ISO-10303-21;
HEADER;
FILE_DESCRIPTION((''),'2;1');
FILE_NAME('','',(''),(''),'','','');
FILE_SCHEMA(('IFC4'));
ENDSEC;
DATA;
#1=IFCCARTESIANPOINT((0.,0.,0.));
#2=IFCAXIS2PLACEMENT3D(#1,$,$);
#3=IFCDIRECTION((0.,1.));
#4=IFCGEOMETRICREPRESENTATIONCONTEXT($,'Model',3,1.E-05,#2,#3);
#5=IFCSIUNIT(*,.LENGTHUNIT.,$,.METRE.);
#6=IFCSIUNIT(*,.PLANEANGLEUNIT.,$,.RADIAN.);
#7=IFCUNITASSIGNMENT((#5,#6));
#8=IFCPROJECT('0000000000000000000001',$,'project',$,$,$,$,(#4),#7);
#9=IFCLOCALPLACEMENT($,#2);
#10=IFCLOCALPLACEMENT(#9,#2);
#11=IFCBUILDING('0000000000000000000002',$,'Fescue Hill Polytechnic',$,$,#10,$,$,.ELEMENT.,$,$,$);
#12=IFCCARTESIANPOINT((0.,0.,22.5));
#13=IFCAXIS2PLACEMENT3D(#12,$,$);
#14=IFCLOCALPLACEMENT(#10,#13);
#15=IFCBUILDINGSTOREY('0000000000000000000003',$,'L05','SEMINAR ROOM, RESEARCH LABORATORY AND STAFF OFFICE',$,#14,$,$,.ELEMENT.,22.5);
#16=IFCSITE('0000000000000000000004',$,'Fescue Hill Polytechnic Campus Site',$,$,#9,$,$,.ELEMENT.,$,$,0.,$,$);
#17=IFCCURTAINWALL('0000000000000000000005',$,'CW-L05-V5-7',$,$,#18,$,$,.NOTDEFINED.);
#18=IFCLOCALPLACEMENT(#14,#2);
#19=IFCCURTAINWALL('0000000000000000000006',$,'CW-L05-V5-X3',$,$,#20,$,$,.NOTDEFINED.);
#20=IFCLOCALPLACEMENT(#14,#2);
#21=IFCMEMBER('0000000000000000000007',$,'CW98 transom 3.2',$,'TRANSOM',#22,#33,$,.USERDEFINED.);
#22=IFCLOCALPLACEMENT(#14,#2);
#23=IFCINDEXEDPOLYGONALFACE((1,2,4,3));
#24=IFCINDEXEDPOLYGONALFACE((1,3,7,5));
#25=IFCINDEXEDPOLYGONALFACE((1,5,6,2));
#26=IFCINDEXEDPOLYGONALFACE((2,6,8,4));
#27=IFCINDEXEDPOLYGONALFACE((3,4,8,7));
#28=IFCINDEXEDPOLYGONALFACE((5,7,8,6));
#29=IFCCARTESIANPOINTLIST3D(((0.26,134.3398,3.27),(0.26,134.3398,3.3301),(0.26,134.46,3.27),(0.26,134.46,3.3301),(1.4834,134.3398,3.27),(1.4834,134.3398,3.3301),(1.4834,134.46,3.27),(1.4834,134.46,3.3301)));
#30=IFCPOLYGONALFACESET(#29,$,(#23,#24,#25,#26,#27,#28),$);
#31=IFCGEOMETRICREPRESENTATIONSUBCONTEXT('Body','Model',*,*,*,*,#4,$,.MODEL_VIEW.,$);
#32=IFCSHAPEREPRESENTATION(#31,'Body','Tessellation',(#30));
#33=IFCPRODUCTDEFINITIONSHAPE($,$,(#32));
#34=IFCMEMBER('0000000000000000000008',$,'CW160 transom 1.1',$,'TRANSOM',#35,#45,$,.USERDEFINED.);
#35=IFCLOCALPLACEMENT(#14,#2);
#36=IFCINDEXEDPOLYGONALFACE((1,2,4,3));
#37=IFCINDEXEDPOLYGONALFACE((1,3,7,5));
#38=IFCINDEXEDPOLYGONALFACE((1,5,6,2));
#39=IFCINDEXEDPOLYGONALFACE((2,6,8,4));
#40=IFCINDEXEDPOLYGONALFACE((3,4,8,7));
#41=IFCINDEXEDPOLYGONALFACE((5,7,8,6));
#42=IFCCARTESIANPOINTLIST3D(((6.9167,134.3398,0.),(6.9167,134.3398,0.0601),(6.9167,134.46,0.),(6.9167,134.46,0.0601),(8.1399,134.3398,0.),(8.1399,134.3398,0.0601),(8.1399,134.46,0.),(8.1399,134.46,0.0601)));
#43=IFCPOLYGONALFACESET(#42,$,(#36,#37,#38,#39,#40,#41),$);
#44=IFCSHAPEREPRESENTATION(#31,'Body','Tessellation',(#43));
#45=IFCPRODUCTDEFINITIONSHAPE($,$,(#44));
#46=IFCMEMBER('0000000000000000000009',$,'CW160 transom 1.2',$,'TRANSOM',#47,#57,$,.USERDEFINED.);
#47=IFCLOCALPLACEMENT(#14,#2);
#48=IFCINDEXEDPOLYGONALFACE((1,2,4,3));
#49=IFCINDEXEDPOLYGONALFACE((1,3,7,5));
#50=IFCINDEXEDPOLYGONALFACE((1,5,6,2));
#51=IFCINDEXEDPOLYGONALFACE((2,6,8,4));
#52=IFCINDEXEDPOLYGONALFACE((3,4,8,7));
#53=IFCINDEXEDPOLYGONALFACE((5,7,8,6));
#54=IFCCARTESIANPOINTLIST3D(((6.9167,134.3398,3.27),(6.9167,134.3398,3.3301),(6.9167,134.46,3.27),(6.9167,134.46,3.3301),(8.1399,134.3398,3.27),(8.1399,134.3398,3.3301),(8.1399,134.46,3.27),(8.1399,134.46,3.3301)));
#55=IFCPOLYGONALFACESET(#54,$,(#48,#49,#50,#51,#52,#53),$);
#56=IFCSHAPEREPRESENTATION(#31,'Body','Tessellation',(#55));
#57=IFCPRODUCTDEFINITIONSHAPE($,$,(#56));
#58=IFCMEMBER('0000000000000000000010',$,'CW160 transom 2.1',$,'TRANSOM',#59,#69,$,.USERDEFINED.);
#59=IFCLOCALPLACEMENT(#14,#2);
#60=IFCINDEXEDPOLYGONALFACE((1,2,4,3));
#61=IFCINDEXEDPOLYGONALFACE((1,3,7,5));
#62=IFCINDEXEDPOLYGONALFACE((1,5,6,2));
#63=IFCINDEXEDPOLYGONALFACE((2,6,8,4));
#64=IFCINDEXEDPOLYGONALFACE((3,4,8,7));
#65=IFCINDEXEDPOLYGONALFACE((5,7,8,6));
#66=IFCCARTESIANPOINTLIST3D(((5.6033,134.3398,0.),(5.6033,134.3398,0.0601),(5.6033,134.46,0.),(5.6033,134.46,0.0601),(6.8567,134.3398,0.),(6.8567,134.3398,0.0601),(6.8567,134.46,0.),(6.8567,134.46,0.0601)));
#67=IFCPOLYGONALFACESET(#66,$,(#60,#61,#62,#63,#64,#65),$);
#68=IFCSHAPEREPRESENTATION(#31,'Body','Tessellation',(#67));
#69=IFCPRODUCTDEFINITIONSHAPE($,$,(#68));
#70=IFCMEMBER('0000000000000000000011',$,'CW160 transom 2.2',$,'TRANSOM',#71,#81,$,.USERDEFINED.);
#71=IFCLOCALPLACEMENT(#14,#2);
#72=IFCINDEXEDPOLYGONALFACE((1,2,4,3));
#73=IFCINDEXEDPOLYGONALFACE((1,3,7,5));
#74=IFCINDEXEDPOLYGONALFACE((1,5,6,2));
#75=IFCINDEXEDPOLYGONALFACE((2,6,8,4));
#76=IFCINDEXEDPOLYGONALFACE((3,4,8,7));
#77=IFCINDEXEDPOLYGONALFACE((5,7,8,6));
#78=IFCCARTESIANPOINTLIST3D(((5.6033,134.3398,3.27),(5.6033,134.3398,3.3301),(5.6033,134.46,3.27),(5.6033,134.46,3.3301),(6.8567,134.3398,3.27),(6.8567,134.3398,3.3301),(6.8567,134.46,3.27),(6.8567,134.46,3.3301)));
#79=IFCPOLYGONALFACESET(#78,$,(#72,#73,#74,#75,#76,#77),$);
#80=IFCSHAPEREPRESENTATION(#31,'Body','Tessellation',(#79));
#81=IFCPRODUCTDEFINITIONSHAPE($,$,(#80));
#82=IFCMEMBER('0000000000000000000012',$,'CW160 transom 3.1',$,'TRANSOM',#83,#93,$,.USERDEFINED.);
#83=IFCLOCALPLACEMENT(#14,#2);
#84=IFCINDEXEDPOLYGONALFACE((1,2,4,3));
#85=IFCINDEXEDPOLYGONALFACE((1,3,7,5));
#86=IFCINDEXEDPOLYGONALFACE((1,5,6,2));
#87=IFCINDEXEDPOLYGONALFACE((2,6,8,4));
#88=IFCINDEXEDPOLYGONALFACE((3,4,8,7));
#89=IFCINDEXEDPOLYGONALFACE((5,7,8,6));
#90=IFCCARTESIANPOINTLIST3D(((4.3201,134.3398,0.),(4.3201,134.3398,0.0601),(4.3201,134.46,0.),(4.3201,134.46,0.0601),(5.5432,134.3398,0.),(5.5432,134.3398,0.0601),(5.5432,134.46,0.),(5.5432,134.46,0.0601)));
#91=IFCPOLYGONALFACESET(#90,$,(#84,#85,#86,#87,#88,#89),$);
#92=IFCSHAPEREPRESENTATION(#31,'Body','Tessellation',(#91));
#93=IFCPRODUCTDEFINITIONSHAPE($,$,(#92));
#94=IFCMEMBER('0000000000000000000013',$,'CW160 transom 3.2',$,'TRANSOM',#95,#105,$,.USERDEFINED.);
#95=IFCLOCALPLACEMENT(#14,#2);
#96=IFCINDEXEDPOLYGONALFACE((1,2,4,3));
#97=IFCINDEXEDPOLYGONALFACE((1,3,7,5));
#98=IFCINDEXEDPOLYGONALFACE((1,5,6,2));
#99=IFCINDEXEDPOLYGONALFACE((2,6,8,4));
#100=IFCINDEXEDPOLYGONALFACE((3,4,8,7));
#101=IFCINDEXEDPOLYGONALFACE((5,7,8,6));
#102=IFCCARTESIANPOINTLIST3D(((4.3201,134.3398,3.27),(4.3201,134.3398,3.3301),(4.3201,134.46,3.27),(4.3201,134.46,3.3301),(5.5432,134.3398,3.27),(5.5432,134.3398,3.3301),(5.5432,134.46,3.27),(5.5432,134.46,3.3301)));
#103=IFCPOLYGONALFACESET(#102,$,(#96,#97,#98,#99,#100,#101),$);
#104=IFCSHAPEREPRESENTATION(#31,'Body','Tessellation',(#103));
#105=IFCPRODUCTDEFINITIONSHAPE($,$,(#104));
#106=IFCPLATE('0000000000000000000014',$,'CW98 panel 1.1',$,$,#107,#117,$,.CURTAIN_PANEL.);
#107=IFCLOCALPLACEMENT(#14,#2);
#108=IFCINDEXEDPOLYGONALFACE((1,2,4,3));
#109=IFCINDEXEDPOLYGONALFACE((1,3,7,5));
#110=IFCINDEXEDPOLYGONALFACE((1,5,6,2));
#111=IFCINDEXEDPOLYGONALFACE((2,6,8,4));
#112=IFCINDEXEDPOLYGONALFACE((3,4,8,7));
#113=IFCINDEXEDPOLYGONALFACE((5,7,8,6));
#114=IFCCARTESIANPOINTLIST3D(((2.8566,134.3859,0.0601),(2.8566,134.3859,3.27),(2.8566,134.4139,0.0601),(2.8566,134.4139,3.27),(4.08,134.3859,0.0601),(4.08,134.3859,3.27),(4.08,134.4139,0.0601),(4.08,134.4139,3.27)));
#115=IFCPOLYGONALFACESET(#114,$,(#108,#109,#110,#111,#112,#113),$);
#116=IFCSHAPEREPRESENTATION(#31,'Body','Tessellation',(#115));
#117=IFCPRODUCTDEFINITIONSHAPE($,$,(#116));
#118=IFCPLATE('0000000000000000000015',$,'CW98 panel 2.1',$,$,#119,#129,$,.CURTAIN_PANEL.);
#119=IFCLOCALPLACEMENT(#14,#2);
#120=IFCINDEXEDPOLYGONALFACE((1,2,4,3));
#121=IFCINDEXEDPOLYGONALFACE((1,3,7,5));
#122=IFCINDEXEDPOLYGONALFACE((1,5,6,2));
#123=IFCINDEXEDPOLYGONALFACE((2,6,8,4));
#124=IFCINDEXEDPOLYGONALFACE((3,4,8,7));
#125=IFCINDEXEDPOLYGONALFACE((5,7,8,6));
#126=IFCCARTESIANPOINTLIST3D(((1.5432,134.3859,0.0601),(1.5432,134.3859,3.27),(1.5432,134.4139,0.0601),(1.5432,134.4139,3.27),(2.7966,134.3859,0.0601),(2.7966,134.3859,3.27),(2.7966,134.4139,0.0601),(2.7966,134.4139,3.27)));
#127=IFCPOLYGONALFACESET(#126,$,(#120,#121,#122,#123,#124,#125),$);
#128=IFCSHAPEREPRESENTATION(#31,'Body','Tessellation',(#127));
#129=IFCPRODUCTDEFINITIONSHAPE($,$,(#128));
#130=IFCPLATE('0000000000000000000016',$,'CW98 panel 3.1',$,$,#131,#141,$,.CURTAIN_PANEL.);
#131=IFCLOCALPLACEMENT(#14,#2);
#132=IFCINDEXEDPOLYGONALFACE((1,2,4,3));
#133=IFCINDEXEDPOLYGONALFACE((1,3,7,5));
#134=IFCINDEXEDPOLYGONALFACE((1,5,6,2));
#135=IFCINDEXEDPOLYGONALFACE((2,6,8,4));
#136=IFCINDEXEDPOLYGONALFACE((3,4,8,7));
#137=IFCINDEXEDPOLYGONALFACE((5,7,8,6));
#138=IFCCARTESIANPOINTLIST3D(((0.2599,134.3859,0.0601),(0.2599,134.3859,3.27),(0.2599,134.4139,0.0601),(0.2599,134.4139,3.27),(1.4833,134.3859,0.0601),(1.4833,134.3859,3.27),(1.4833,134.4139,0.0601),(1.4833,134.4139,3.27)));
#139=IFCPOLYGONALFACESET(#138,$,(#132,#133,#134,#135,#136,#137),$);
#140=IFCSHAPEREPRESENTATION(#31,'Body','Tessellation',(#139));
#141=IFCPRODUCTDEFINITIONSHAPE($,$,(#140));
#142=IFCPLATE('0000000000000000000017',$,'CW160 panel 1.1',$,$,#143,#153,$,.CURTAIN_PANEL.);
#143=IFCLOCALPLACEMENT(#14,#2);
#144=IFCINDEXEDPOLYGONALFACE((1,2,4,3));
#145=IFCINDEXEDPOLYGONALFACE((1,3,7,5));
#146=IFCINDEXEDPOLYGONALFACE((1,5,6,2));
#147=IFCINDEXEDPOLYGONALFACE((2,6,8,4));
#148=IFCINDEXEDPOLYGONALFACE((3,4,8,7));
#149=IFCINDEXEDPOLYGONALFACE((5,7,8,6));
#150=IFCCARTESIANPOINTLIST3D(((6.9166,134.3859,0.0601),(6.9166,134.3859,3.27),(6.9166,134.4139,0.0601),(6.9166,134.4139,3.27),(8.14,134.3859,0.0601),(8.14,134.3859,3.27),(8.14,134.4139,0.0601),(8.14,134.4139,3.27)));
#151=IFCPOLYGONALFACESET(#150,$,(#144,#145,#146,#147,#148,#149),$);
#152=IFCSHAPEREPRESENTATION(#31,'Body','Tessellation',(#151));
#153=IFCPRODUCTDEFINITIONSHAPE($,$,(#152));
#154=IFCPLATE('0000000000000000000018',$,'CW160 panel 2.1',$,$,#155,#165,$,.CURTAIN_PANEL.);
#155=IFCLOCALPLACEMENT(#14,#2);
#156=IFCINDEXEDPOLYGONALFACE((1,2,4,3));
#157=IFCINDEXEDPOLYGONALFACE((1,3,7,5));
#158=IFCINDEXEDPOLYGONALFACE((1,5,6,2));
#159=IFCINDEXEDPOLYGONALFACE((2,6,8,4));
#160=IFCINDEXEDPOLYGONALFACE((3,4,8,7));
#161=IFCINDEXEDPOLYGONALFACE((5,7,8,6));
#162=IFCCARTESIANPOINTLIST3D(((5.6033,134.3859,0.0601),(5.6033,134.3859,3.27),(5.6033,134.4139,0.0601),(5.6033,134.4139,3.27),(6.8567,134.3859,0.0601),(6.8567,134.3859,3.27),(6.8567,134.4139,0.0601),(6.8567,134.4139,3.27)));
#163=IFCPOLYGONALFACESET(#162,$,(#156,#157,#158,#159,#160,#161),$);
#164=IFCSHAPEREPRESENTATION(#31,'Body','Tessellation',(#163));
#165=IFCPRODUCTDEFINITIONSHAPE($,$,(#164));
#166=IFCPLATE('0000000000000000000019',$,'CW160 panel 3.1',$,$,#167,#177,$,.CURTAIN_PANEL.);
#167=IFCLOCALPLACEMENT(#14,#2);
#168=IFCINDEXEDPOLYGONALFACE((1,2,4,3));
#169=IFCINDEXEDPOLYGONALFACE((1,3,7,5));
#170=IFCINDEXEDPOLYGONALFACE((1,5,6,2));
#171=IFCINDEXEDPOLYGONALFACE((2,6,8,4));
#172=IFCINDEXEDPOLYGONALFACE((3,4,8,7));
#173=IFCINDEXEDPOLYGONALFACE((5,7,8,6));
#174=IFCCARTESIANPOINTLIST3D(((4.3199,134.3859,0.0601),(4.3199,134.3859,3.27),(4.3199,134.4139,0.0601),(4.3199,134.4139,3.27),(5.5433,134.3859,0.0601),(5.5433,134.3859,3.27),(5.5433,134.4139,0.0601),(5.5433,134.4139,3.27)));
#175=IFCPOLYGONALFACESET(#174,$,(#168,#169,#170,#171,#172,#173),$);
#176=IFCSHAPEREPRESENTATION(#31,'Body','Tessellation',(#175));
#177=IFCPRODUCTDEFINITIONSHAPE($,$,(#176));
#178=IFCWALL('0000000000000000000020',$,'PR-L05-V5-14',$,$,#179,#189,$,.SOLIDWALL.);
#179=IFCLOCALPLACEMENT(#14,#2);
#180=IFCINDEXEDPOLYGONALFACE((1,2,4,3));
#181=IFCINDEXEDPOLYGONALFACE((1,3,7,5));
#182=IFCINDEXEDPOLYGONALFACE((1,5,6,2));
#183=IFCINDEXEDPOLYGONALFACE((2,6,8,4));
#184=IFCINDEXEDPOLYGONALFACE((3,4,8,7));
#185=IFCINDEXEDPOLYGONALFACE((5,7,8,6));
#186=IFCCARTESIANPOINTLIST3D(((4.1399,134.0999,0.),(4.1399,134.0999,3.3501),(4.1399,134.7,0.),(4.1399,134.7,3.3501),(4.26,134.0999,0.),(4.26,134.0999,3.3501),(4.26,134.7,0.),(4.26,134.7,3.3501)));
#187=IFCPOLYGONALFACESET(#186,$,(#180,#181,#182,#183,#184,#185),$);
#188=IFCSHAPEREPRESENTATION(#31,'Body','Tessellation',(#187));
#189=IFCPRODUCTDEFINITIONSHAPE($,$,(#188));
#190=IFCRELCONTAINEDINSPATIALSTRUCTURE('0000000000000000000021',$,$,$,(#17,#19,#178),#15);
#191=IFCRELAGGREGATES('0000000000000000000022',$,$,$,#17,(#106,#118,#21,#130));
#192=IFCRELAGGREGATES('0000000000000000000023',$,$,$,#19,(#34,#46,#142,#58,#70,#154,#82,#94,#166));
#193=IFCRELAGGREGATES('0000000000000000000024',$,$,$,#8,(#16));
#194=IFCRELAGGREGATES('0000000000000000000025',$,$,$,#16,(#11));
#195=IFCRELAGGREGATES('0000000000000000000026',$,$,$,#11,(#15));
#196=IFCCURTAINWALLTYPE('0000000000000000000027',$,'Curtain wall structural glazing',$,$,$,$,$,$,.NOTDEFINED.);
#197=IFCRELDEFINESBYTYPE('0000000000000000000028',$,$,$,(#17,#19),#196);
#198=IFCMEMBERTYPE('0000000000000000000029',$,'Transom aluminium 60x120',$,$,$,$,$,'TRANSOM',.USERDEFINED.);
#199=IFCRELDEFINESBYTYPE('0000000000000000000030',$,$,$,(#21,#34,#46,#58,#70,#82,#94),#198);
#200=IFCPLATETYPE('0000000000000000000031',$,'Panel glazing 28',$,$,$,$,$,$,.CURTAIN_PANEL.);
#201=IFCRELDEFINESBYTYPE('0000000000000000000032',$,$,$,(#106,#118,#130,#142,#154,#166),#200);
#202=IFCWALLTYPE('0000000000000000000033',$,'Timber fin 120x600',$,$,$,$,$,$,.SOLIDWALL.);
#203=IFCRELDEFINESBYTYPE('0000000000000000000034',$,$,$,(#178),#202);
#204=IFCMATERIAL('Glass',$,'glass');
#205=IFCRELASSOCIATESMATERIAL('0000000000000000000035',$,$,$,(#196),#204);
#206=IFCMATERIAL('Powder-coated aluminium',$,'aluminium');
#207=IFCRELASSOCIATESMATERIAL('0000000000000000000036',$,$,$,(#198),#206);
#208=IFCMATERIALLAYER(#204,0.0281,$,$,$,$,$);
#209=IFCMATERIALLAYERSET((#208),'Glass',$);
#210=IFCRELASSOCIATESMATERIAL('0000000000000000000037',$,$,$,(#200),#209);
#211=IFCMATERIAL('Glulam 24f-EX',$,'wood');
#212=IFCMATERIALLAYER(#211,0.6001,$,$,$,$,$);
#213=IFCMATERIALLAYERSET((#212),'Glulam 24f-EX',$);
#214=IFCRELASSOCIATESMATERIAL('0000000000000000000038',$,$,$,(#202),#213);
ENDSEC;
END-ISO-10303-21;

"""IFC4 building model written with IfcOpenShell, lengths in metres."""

from ifc_helpers import new_model, si_unit, direction, frame, frame_2d, origin, origin_2d, place, context, subcontext, project, spatial, rectangle, extrude, material, layer, layer_set, material_profile, profile_set, type_object, element, aggregate, save


model = new_model("IFC4")

# Units and contexts
model_context = context("Model", 3, precision=1e-05, world=origin(), true_north=direction((0.0, 1.0)))
body_context = subcontext(model_context, "Body", "Model", "MODEL_VIEW")
ifc_project = project(units=[si_unit("LENGTHUNIT", "METRE"), si_unit("PLANEANGLEUNIT", "RADIAN")], contexts=[model_context])

# Site, building, storey
site_placement = place(None, origin())
site = spatial("IfcSite", under=ifc_project, at=site_placement, Name="Fescue Hill Polytechnic Campus Site", CompositionType="ELEMENT", RefElevation=0.0)
building_placement = place(site_placement, origin())
building = spatial("IfcBuilding", under=site, at=building_placement, Name="Fescue Hill Polytechnic", CompositionType="ELEMENT")
storey_placement = place(building_placement, frame((0.0, 0.0, 22.5)))
storey = spatial("IfcBuildingStorey", under=building, at=storey_placement, Name="L05", Description="SEMINAR ROOM, RESEARCH LABORATORY AND STAFF OFFICE", CompositionType="ELEMENT", Elevation=22.5)

# Curtain walls
ifc_material_1 = material(Name="Glass", Category="glass")
curtain_wall_type = type_object("IfcCurtainWallType", Name="Curtain wall structural glazing", PredefinedType="NOTDEFINED", material=ifc_material_1)
curtain_wall_1_placement = place(storey_placement, origin())
curtain_wall_1 = element("IfcCurtainWall", 1, at=curtain_wall_1_placement, inside=storey, type_object=curtain_wall_type, Name="CW-L05-V5-7", PredefinedType="NOTDEFINED")
ifc_material_2 = material(Name="Powder-coated aluminium", Category="aluminium")
curtain_wall_2_placement = place(storey_placement, origin())
curtain_wall_2 = element("IfcCurtainWall", 2, at=curtain_wall_2_placement, inside=storey, type_object=curtain_wall_type, Name="CW-L05-V5-X3", PredefinedType="NOTDEFINED")

# Members
ifc_material_profile_1 = material_profile(ifc_material_2, rectangle(XDim=0.1201, YDim=0.0601, at=origin_2d()), Name="Transom aluminium 60x120")
ifc_profile_set_1 = profile_set([ifc_material_profile_1], Name="Powder-coated aluminium")
member_type_1 = type_object("IfcMemberType", Name="Transom aluminium 60x120", ElementType="TRANSOM", PredefinedType="USERDEFINED", material=ifc_profile_set_1)
member_1_placement = place(storey_placement, frame((1.4834, 134.3999, 3.3), z_axis=(-1.0, 0.0, 0.0), x_axis=(0.0, -1.0, 0.0)))
member_1 = element("IfcMember", 3, at=member_1_placement, type_object=member_type_1, Name="CW98 transom 3.2", ObjectType="TRANSOM", PredefinedType="USERDEFINED", context=body_context, shape_type="SweptSolid", body=[
    extrude(rectangle(XDim=0.1201, YDim=0.0601, at=origin_2d()), origin(), (0.0, 0.0, 1.0), 1.2234),
])
member_2_placement = place(storey_placement, frame((8.1399, 134.3999, 0.03), z_axis=(-1.0, 0.0, 0.0), x_axis=(0.0, -1.0, 0.0)))
member_2 = element("IfcMember", 4, at=member_2_placement, type_object=member_type_1, Name="CW160 transom 1.1", ObjectType="TRANSOM", PredefinedType="USERDEFINED", context=body_context, shape_type="SweptSolid", body=[
    extrude(rectangle(XDim=0.1201, YDim=0.0601, at=origin_2d()), origin(), (0.0, 0.0, 1.0), 1.2231),
])
member_3_placement = place(storey_placement, frame((8.1399, 134.3999, 3.3), z_axis=(-1.0, 0.0, 0.0), x_axis=(0.0, -1.0, 0.0)))
member_3 = element("IfcMember", 5, at=member_3_placement, type_object=member_type_1, Name="CW160 transom 1.2", ObjectType="TRANSOM", PredefinedType="USERDEFINED", context=body_context, shape_type="SweptSolid", body=[
    extrude(rectangle(XDim=0.1201, YDim=0.0601, at=origin_2d()), origin(), (0.0, 0.0, 1.0), 1.2231),
])
member_4_placement = place(storey_placement, frame((6.8567, 134.3999, 0.03), z_axis=(-1.0, 0.0, 0.0), x_axis=(0.0, -1.0, 0.0)))
member_4 = element("IfcMember", 6, at=member_4_placement, type_object=member_type_1, Name="CW160 transom 2.1", ObjectType="TRANSOM", PredefinedType="USERDEFINED", context=body_context, shape_type="SweptSolid", body=[
    extrude(rectangle(XDim=0.1201, YDim=0.0601, at=origin_2d()), origin(), (0.0, 0.0, 1.0), 1.2534),
])
member_5_placement = place(storey_placement, frame((6.8567, 134.3999, 3.3), z_axis=(-1.0, 0.0, 0.0), x_axis=(0.0, -1.0, 0.0)))
member_5 = element("IfcMember", 7, at=member_5_placement, type_object=member_type_1, Name="CW160 transom 2.2", ObjectType="TRANSOM", PredefinedType="USERDEFINED", context=body_context, shape_type="SweptSolid", body=[
    extrude(rectangle(XDim=0.1201, YDim=0.0601, at=origin_2d()), origin(), (0.0, 0.0, 1.0), 1.2534),
])
member_6_placement = place(storey_placement, frame((5.5432, 134.3999, 0.03), z_axis=(-1.0, 0.0, 0.0), x_axis=(0.0, -1.0, 0.0)))
member_6 = element("IfcMember", 8, at=member_6_placement, type_object=member_type_1, Name="CW160 transom 3.1", ObjectType="TRANSOM", PredefinedType="USERDEFINED", context=body_context, shape_type="SweptSolid", body=[
    extrude(rectangle(XDim=0.1201, YDim=0.0601, at=origin_2d()), origin(), (0.0, 0.0, 1.0), 1.2231),
])
member_7_placement = place(storey_placement, frame((5.5432, 134.3999, 3.3), z_axis=(-1.0, 0.0, 0.0), x_axis=(0.0, -1.0, 0.0)))
member_7 = element("IfcMember", 9, at=member_7_placement, type_object=member_type_1, Name="CW160 transom 3.2", ObjectType="TRANSOM", PredefinedType="USERDEFINED", context=body_context, shape_type="SweptSolid", body=[
    extrude(rectangle(XDim=0.1201, YDim=0.0601, at=origin_2d()), origin(), (0.0, 0.0, 1.0), 1.2231),
])

# Plates
ifc_layer_1 = layer(ifc_material_1, 0.0281)
ifc_layer_set_1 = layer_set([ifc_layer_1], Name="Glass")
plate_type = type_object("IfcPlateType", Name="Panel glazing 28", PredefinedType="CURTAIN_PANEL", material=ifc_layer_set_1)
plate_1_placement = place(storey_placement, frame((3.4683, 134.3999, 0.0601), z_axis=(0.0, 0.0, 1.0), x_axis=(-1.0, 0.0, 0.0)))
plate_1 = element("IfcPlate", 10, at=plate_1_placement, type_object=plate_type, Name="CW98 panel 1.1", PredefinedType="CURTAIN_PANEL", context=body_context, shape_type="SweptSolid", body=[
    extrude(rectangle(XDim=1.2234, YDim=0.0281, at=origin_2d()), origin(), (0.0, 0.0, 1.0), 3.21),
])
plate_2_placement = place(storey_placement, frame((2.1699, 134.3999, 0.0601), z_axis=(0.0, 0.0, 1.0), x_axis=(-1.0, 0.0, 0.0)))
plate_2 = element("IfcPlate", 11, at=plate_2_placement, type_object=plate_type, Name="CW98 panel 2.1", PredefinedType="CURTAIN_PANEL", context=body_context, shape_type="SweptSolid", body=[
    extrude(rectangle(XDim=1.2534, YDim=0.0281, at=origin_2d()), origin(), (0.0, 0.0, 1.0), 3.21),
])
plate_3_placement = place(storey_placement, frame((0.8716, 134.3999, 0.0601), z_axis=(0.0, 0.0, 1.0), x_axis=(-1.0, 0.0, 0.0)))
plate_3 = element("IfcPlate", 12, at=plate_3_placement, type_object=plate_type, Name="CW98 panel 3.1", PredefinedType="CURTAIN_PANEL", context=body_context, shape_type="SweptSolid", body=[
    extrude(rectangle(XDim=1.2234, YDim=0.0281, at=origin_2d()), origin(), (0.0, 0.0, 1.0), 3.21),
])
aggregate(curtain_wall_1, [plate_1, plate_2, member_1, plate_3])
plate_4_placement = place(storey_placement, frame((7.5283, 134.3999, 0.0601), z_axis=(0.0, 0.0, 1.0), x_axis=(-1.0, 0.0, 0.0)))
plate_4 = element("IfcPlate", 13, at=plate_4_placement, type_object=plate_type, Name="CW160 panel 1.1", PredefinedType="CURTAIN_PANEL", context=body_context, shape_type="SweptSolid", body=[
    extrude(rectangle(XDim=1.2234, YDim=0.0281, at=origin_2d()), origin(), (0.0, 0.0, 1.0), 3.21),
])
plate_5_placement = place(storey_placement, frame((6.23, 134.3999, 0.0601), z_axis=(0.0, 0.0, 1.0), x_axis=(-1.0, 0.0, 0.0)))
plate_5 = element("IfcPlate", 14, at=plate_5_placement, type_object=plate_type, Name="CW160 panel 2.1", PredefinedType="CURTAIN_PANEL", context=body_context, shape_type="SweptSolid", body=[
    extrude(rectangle(XDim=1.2534, YDim=0.0281, at=origin_2d()), origin(), (0.0, 0.0, 1.0), 3.21),
])
plate_6_placement = place(storey_placement, frame((4.9316, 134.3999, 0.0601), z_axis=(0.0, 0.0, 1.0), x_axis=(-1.0, 0.0, 0.0)))
plate_6 = element("IfcPlate", 15, at=plate_6_placement, type_object=plate_type, Name="CW160 panel 3.1", PredefinedType="CURTAIN_PANEL", context=body_context, shape_type="SweptSolid", body=[
    extrude(rectangle(XDim=1.2234, YDim=0.0281, at=origin_2d()), origin(), (0.0, 0.0, 1.0), 3.21),
])
aggregate(curtain_wall_2, [member_2, member_3, plate_4, member_4, member_5, plate_5, member_6, member_7, plate_6])

# Wall
ifc_material_3 = material(Name="Glulam 24f-EX", Category="wood")
ifc_layer_2 = layer(ifc_material_3, 0.6001)
ifc_layer_set_2 = layer_set([ifc_layer_2], Name="Glulam 24f-EX")
wall_type = type_object("IfcWallType", Name="Timber fin 120x600", PredefinedType="SOLIDWALL", material=ifc_layer_set_2)
wall_placement = place(storey_placement, frame((4.26, 134.3999, 0.0), z_axis=(0.0, 0.0, 1.0), x_axis=(-1.0, 0.0, 0.0)))
element("IfcWall", 16, at=wall_placement, inside=storey, type_object=wall_type, Name="PR-L05-V5-14", PredefinedType="SOLIDWALL", context=body_context, shape_type="SweptSolid", body=[
    extrude(rectangle(XDim=0.1201, YDim=0.6001, at=frame_2d((0.0601, 0.0))), origin(), (0.0, 0.0, 1.0), 3.3501),
])

save(model, "model.ifc")
